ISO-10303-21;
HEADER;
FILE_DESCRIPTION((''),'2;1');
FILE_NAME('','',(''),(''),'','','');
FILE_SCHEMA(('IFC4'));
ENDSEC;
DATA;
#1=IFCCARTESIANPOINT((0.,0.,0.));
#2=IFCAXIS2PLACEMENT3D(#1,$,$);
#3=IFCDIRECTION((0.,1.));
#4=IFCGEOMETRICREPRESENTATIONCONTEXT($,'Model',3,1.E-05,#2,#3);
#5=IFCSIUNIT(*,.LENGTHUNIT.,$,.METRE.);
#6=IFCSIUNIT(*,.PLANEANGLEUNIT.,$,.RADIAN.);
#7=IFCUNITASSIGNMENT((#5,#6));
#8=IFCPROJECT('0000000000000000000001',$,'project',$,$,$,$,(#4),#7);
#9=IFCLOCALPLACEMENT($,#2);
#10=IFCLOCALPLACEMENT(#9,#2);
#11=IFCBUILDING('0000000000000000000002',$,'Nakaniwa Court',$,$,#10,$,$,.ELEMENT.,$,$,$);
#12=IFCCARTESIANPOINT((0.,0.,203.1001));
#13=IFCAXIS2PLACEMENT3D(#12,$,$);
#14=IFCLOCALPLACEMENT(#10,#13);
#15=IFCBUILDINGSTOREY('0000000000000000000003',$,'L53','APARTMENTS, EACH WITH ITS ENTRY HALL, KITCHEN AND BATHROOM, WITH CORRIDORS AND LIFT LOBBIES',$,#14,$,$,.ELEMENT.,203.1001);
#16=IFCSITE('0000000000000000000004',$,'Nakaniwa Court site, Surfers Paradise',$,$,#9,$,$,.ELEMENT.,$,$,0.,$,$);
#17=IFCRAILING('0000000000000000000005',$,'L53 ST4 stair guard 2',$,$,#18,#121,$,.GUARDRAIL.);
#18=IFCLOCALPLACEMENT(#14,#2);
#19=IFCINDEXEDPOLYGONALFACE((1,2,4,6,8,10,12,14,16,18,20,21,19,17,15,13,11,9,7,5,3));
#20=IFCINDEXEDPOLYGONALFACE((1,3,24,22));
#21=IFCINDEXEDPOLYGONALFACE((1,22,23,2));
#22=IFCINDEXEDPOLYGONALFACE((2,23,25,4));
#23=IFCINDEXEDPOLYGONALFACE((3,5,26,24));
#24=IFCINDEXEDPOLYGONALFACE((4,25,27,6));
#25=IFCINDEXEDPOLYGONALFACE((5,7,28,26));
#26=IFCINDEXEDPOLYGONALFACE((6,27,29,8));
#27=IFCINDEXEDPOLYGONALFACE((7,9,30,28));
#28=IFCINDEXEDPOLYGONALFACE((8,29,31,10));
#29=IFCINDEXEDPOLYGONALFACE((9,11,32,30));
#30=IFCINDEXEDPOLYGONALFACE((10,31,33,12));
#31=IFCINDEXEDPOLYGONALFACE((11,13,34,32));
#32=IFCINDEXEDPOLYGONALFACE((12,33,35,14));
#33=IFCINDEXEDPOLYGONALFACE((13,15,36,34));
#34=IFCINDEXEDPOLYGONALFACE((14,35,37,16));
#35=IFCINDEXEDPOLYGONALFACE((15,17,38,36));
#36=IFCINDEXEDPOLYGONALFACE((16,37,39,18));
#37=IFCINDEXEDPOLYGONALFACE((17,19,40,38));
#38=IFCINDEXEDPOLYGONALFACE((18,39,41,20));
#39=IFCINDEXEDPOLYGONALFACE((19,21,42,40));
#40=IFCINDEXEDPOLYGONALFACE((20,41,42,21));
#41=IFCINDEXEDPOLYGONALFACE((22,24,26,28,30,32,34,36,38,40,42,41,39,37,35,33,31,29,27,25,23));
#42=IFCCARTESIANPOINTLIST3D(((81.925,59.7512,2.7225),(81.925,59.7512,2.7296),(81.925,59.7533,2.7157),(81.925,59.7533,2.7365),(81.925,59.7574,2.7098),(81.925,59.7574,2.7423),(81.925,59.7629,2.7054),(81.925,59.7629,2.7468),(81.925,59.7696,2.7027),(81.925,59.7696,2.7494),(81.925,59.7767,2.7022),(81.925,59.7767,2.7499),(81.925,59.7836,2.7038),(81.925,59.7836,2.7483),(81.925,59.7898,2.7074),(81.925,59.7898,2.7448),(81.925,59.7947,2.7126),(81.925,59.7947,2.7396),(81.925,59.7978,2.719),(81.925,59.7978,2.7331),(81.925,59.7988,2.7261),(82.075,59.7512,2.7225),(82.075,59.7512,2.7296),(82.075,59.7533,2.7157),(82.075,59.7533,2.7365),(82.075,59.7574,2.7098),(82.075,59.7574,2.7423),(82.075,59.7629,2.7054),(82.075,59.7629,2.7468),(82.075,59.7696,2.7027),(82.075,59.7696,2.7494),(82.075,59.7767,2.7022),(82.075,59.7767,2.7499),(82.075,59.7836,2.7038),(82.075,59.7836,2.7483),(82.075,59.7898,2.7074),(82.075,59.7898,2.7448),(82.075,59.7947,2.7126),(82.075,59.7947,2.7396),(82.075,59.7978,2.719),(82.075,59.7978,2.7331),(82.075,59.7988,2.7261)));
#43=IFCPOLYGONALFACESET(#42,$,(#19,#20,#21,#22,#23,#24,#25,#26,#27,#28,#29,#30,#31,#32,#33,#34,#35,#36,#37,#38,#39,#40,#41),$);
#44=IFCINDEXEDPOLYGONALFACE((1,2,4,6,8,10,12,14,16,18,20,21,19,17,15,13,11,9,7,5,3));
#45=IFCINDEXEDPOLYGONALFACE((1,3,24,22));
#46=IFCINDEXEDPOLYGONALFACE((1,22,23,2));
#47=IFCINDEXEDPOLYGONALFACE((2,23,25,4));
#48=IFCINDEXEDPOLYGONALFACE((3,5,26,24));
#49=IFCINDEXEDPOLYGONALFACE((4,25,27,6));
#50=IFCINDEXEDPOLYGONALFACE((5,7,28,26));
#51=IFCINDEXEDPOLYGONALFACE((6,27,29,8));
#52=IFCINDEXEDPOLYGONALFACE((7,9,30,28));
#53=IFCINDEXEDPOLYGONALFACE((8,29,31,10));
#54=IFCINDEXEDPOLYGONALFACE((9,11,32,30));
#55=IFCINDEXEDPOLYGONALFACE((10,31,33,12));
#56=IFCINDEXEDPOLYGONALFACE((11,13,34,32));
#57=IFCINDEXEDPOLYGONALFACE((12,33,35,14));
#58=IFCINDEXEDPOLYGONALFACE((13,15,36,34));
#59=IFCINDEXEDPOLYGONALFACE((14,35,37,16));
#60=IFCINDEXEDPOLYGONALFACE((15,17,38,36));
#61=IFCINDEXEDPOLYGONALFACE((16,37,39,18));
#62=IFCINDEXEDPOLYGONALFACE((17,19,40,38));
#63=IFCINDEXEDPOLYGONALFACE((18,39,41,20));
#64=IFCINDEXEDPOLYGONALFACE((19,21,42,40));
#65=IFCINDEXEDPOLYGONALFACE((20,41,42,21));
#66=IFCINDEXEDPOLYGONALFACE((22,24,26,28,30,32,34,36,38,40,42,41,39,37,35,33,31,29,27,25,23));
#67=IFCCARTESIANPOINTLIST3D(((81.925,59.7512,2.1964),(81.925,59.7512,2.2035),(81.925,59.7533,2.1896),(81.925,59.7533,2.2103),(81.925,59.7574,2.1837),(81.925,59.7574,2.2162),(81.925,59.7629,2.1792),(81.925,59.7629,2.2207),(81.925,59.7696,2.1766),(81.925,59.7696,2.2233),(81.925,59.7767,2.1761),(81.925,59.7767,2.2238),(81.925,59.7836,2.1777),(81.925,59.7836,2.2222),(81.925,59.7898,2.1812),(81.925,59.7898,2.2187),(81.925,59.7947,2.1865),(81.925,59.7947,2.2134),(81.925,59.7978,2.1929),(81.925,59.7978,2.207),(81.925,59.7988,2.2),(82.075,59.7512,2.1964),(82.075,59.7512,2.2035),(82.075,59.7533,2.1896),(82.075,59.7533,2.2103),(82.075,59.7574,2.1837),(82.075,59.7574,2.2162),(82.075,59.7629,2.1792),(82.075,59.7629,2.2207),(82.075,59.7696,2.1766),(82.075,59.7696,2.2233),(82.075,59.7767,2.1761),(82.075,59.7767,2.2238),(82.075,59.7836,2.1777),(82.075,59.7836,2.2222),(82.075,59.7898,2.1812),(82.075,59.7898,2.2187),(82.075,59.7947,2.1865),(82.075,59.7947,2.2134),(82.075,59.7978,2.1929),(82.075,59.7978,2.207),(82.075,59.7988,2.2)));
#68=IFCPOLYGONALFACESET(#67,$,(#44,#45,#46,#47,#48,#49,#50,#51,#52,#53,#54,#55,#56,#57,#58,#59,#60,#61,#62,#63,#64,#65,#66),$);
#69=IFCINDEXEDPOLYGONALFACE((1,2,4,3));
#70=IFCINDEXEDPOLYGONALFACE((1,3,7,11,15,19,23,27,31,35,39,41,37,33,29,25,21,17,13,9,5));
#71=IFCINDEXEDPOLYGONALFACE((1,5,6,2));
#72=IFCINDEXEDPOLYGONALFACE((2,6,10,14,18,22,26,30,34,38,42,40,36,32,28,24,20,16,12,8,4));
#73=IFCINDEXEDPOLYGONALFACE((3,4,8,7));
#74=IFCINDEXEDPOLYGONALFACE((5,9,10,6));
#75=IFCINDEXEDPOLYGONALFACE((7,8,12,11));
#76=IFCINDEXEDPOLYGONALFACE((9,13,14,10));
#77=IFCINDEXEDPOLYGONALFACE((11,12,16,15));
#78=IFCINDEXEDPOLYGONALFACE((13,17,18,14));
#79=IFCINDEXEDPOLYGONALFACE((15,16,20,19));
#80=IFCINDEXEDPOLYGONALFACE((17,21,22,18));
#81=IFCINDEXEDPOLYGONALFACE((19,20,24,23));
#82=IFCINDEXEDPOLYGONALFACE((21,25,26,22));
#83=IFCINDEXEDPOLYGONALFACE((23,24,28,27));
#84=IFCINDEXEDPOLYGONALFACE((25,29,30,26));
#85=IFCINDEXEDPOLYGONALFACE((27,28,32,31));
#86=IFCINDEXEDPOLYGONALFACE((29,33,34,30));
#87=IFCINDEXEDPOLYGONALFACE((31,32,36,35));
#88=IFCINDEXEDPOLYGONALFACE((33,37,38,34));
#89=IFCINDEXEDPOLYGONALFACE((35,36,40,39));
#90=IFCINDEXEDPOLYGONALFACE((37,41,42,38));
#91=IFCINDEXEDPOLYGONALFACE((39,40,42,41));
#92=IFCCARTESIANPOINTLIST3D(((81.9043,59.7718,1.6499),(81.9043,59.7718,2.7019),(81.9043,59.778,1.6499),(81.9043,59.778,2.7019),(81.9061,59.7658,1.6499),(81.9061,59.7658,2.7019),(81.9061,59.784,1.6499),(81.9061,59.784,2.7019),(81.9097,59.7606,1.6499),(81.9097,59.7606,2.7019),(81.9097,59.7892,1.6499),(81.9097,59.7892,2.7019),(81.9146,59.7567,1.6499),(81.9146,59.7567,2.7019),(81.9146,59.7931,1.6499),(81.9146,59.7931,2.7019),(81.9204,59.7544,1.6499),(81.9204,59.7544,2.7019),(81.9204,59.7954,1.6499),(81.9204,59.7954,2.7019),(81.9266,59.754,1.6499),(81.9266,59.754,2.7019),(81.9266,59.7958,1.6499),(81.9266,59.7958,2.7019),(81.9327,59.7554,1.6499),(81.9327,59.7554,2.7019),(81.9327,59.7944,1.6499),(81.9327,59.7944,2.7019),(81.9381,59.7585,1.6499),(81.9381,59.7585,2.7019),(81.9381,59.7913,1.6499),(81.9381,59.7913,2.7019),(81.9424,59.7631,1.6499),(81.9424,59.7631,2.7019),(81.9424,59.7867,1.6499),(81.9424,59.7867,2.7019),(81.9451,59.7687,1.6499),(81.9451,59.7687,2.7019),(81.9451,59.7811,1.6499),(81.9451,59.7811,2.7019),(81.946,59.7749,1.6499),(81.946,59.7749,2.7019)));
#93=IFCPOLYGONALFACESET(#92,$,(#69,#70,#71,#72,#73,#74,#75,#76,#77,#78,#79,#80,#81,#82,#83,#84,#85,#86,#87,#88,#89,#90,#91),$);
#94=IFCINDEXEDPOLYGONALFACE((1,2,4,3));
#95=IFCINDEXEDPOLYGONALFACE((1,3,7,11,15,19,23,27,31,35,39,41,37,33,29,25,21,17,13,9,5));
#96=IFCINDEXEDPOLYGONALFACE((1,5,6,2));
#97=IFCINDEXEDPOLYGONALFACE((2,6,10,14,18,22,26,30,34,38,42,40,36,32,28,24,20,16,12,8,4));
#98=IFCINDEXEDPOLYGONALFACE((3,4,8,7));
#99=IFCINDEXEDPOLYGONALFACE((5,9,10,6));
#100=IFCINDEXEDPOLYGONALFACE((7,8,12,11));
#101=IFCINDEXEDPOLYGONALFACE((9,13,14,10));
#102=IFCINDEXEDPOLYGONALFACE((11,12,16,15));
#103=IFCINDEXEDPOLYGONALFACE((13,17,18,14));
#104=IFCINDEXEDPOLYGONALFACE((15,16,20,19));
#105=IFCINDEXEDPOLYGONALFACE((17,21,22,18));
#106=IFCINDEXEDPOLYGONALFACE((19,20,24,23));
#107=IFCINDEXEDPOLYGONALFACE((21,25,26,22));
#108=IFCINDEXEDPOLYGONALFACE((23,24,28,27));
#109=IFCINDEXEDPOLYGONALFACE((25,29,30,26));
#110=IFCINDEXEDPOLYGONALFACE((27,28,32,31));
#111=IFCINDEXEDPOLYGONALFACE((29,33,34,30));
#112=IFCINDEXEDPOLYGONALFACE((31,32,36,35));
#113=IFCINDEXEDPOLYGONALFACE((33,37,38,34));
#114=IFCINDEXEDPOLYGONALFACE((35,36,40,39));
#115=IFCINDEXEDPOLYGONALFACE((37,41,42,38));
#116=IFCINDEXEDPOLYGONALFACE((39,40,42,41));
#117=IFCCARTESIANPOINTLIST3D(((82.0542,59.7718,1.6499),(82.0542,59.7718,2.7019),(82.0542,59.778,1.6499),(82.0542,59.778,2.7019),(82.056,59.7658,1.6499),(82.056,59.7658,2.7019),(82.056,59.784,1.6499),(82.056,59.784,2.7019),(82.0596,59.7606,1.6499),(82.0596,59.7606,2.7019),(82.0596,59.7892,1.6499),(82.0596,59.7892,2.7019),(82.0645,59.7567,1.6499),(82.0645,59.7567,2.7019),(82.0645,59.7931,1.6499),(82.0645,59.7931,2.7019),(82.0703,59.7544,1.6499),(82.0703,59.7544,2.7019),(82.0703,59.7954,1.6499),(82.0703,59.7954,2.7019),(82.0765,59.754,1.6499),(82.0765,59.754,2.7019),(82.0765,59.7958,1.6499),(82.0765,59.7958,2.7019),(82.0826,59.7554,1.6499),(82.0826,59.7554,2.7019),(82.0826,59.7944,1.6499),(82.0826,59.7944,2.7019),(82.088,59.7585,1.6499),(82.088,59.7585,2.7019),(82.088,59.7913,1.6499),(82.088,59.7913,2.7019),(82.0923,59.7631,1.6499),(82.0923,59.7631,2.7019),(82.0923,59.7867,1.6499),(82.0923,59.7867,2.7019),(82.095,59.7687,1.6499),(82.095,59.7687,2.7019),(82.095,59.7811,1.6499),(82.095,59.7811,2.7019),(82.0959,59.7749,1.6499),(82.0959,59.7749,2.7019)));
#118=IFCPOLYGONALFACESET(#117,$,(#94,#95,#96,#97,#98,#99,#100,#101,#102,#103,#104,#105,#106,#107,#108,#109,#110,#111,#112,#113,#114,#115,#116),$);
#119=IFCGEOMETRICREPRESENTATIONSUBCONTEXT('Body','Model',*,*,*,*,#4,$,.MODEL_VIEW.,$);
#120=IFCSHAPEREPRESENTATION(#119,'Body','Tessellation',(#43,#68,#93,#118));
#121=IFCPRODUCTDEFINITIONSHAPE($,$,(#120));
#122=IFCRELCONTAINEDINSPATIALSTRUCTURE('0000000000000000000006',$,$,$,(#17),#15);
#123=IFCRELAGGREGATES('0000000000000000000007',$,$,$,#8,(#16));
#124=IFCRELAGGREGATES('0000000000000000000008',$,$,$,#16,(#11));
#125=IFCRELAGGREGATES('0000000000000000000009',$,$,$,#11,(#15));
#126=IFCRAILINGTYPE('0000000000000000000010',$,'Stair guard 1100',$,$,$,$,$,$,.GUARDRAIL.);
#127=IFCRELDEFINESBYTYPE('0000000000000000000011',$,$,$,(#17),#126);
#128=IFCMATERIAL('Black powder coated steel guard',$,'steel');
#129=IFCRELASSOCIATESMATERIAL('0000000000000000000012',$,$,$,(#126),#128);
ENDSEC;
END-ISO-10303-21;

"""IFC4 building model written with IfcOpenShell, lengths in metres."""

from ifc_helpers import new_model, si_unit, direction, frame, origin, origin_2d, place, context, subcontext, project, spatial, circle, extrude, material, type_object, element, save


model = new_model("IFC4")

# Units and contexts
model_context = context("Model", 3, precision=1e-05, world=origin(), true_north=direction((0.0, 1.0)))
body_context = subcontext(model_context, "Body", "Model", "MODEL_VIEW")
ifc_project = project(units=[si_unit("LENGTHUNIT", "METRE"), si_unit("PLANEANGLEUNIT", "RADIAN")], contexts=[model_context])

# Site, building, storey
site_placement = place(None, origin())
site = spatial("IfcSite", under=ifc_project, at=site_placement, Name="Nakaniwa Court site, Surfers Paradise", CompositionType="ELEMENT", RefElevation=0.0)
building_placement = place(site_placement, origin())
building = spatial("IfcBuilding", under=site, at=building_placement, Name="Nakaniwa Court", CompositionType="ELEMENT")
storey_placement = place(building_placement, frame((0.0, 0.0, 203.1001)))
storey = spatial("IfcBuildingStorey", under=building, at=storey_placement, Name="L53", Description="APARTMENTS, EACH WITH ITS ENTRY HALL, KITCHEN AND BATHROOM, WITH CORRIDORS AND LIFT LOBBIES", CompositionType="ELEMENT", Elevation=203.1001)

# Railing
ifc_material_1 = material(Name="Black powder coated steel guard", Category="steel")
railing_type_1 = type_object("IfcRailingType", Name="Stair guard 1100", PredefinedType="GUARDRAIL", material=ifc_material_1)
railing_1_placement = place(storey_placement, frame((81.925, 59.7749, 1.6499)))
element("IfcRailing", 1, at=railing_1_placement, inside=storey, type_object=railing_type_1, Name="L53 ST4 stair guard 2", PredefinedType="GUARDRAIL", context=body_context, shape_type="SweptSolid", body=[
    extrude(circle(Radius=0.0239, at=origin_2d()), frame((0.0, 0.0, 1.0762), z_axis=(1.0, 0.0, 0.0), x_axis=(0.0, 1.0, 0.0)), (0.0, 0.0, 1.0), 0.1499),
    extrude(circle(Radius=0.0239, at=origin_2d()), frame((0.0, 0.0, 0.55), z_axis=(1.0, 0.0, 0.0), x_axis=(0.0, 1.0, 0.0)), (0.0, 0.0, 1.0), 0.1499),
    extrude(circle(Radius=0.021, at=origin_2d()), origin(), (0.0, 0.0, 1.0), 1.052),
    extrude(circle(Radius=0.021, at=origin_2d()), frame((0.1499, 0.0, 0.0)), (0.0, 0.0, 1.0), 1.052),
])

save(model, "model.ifc")
